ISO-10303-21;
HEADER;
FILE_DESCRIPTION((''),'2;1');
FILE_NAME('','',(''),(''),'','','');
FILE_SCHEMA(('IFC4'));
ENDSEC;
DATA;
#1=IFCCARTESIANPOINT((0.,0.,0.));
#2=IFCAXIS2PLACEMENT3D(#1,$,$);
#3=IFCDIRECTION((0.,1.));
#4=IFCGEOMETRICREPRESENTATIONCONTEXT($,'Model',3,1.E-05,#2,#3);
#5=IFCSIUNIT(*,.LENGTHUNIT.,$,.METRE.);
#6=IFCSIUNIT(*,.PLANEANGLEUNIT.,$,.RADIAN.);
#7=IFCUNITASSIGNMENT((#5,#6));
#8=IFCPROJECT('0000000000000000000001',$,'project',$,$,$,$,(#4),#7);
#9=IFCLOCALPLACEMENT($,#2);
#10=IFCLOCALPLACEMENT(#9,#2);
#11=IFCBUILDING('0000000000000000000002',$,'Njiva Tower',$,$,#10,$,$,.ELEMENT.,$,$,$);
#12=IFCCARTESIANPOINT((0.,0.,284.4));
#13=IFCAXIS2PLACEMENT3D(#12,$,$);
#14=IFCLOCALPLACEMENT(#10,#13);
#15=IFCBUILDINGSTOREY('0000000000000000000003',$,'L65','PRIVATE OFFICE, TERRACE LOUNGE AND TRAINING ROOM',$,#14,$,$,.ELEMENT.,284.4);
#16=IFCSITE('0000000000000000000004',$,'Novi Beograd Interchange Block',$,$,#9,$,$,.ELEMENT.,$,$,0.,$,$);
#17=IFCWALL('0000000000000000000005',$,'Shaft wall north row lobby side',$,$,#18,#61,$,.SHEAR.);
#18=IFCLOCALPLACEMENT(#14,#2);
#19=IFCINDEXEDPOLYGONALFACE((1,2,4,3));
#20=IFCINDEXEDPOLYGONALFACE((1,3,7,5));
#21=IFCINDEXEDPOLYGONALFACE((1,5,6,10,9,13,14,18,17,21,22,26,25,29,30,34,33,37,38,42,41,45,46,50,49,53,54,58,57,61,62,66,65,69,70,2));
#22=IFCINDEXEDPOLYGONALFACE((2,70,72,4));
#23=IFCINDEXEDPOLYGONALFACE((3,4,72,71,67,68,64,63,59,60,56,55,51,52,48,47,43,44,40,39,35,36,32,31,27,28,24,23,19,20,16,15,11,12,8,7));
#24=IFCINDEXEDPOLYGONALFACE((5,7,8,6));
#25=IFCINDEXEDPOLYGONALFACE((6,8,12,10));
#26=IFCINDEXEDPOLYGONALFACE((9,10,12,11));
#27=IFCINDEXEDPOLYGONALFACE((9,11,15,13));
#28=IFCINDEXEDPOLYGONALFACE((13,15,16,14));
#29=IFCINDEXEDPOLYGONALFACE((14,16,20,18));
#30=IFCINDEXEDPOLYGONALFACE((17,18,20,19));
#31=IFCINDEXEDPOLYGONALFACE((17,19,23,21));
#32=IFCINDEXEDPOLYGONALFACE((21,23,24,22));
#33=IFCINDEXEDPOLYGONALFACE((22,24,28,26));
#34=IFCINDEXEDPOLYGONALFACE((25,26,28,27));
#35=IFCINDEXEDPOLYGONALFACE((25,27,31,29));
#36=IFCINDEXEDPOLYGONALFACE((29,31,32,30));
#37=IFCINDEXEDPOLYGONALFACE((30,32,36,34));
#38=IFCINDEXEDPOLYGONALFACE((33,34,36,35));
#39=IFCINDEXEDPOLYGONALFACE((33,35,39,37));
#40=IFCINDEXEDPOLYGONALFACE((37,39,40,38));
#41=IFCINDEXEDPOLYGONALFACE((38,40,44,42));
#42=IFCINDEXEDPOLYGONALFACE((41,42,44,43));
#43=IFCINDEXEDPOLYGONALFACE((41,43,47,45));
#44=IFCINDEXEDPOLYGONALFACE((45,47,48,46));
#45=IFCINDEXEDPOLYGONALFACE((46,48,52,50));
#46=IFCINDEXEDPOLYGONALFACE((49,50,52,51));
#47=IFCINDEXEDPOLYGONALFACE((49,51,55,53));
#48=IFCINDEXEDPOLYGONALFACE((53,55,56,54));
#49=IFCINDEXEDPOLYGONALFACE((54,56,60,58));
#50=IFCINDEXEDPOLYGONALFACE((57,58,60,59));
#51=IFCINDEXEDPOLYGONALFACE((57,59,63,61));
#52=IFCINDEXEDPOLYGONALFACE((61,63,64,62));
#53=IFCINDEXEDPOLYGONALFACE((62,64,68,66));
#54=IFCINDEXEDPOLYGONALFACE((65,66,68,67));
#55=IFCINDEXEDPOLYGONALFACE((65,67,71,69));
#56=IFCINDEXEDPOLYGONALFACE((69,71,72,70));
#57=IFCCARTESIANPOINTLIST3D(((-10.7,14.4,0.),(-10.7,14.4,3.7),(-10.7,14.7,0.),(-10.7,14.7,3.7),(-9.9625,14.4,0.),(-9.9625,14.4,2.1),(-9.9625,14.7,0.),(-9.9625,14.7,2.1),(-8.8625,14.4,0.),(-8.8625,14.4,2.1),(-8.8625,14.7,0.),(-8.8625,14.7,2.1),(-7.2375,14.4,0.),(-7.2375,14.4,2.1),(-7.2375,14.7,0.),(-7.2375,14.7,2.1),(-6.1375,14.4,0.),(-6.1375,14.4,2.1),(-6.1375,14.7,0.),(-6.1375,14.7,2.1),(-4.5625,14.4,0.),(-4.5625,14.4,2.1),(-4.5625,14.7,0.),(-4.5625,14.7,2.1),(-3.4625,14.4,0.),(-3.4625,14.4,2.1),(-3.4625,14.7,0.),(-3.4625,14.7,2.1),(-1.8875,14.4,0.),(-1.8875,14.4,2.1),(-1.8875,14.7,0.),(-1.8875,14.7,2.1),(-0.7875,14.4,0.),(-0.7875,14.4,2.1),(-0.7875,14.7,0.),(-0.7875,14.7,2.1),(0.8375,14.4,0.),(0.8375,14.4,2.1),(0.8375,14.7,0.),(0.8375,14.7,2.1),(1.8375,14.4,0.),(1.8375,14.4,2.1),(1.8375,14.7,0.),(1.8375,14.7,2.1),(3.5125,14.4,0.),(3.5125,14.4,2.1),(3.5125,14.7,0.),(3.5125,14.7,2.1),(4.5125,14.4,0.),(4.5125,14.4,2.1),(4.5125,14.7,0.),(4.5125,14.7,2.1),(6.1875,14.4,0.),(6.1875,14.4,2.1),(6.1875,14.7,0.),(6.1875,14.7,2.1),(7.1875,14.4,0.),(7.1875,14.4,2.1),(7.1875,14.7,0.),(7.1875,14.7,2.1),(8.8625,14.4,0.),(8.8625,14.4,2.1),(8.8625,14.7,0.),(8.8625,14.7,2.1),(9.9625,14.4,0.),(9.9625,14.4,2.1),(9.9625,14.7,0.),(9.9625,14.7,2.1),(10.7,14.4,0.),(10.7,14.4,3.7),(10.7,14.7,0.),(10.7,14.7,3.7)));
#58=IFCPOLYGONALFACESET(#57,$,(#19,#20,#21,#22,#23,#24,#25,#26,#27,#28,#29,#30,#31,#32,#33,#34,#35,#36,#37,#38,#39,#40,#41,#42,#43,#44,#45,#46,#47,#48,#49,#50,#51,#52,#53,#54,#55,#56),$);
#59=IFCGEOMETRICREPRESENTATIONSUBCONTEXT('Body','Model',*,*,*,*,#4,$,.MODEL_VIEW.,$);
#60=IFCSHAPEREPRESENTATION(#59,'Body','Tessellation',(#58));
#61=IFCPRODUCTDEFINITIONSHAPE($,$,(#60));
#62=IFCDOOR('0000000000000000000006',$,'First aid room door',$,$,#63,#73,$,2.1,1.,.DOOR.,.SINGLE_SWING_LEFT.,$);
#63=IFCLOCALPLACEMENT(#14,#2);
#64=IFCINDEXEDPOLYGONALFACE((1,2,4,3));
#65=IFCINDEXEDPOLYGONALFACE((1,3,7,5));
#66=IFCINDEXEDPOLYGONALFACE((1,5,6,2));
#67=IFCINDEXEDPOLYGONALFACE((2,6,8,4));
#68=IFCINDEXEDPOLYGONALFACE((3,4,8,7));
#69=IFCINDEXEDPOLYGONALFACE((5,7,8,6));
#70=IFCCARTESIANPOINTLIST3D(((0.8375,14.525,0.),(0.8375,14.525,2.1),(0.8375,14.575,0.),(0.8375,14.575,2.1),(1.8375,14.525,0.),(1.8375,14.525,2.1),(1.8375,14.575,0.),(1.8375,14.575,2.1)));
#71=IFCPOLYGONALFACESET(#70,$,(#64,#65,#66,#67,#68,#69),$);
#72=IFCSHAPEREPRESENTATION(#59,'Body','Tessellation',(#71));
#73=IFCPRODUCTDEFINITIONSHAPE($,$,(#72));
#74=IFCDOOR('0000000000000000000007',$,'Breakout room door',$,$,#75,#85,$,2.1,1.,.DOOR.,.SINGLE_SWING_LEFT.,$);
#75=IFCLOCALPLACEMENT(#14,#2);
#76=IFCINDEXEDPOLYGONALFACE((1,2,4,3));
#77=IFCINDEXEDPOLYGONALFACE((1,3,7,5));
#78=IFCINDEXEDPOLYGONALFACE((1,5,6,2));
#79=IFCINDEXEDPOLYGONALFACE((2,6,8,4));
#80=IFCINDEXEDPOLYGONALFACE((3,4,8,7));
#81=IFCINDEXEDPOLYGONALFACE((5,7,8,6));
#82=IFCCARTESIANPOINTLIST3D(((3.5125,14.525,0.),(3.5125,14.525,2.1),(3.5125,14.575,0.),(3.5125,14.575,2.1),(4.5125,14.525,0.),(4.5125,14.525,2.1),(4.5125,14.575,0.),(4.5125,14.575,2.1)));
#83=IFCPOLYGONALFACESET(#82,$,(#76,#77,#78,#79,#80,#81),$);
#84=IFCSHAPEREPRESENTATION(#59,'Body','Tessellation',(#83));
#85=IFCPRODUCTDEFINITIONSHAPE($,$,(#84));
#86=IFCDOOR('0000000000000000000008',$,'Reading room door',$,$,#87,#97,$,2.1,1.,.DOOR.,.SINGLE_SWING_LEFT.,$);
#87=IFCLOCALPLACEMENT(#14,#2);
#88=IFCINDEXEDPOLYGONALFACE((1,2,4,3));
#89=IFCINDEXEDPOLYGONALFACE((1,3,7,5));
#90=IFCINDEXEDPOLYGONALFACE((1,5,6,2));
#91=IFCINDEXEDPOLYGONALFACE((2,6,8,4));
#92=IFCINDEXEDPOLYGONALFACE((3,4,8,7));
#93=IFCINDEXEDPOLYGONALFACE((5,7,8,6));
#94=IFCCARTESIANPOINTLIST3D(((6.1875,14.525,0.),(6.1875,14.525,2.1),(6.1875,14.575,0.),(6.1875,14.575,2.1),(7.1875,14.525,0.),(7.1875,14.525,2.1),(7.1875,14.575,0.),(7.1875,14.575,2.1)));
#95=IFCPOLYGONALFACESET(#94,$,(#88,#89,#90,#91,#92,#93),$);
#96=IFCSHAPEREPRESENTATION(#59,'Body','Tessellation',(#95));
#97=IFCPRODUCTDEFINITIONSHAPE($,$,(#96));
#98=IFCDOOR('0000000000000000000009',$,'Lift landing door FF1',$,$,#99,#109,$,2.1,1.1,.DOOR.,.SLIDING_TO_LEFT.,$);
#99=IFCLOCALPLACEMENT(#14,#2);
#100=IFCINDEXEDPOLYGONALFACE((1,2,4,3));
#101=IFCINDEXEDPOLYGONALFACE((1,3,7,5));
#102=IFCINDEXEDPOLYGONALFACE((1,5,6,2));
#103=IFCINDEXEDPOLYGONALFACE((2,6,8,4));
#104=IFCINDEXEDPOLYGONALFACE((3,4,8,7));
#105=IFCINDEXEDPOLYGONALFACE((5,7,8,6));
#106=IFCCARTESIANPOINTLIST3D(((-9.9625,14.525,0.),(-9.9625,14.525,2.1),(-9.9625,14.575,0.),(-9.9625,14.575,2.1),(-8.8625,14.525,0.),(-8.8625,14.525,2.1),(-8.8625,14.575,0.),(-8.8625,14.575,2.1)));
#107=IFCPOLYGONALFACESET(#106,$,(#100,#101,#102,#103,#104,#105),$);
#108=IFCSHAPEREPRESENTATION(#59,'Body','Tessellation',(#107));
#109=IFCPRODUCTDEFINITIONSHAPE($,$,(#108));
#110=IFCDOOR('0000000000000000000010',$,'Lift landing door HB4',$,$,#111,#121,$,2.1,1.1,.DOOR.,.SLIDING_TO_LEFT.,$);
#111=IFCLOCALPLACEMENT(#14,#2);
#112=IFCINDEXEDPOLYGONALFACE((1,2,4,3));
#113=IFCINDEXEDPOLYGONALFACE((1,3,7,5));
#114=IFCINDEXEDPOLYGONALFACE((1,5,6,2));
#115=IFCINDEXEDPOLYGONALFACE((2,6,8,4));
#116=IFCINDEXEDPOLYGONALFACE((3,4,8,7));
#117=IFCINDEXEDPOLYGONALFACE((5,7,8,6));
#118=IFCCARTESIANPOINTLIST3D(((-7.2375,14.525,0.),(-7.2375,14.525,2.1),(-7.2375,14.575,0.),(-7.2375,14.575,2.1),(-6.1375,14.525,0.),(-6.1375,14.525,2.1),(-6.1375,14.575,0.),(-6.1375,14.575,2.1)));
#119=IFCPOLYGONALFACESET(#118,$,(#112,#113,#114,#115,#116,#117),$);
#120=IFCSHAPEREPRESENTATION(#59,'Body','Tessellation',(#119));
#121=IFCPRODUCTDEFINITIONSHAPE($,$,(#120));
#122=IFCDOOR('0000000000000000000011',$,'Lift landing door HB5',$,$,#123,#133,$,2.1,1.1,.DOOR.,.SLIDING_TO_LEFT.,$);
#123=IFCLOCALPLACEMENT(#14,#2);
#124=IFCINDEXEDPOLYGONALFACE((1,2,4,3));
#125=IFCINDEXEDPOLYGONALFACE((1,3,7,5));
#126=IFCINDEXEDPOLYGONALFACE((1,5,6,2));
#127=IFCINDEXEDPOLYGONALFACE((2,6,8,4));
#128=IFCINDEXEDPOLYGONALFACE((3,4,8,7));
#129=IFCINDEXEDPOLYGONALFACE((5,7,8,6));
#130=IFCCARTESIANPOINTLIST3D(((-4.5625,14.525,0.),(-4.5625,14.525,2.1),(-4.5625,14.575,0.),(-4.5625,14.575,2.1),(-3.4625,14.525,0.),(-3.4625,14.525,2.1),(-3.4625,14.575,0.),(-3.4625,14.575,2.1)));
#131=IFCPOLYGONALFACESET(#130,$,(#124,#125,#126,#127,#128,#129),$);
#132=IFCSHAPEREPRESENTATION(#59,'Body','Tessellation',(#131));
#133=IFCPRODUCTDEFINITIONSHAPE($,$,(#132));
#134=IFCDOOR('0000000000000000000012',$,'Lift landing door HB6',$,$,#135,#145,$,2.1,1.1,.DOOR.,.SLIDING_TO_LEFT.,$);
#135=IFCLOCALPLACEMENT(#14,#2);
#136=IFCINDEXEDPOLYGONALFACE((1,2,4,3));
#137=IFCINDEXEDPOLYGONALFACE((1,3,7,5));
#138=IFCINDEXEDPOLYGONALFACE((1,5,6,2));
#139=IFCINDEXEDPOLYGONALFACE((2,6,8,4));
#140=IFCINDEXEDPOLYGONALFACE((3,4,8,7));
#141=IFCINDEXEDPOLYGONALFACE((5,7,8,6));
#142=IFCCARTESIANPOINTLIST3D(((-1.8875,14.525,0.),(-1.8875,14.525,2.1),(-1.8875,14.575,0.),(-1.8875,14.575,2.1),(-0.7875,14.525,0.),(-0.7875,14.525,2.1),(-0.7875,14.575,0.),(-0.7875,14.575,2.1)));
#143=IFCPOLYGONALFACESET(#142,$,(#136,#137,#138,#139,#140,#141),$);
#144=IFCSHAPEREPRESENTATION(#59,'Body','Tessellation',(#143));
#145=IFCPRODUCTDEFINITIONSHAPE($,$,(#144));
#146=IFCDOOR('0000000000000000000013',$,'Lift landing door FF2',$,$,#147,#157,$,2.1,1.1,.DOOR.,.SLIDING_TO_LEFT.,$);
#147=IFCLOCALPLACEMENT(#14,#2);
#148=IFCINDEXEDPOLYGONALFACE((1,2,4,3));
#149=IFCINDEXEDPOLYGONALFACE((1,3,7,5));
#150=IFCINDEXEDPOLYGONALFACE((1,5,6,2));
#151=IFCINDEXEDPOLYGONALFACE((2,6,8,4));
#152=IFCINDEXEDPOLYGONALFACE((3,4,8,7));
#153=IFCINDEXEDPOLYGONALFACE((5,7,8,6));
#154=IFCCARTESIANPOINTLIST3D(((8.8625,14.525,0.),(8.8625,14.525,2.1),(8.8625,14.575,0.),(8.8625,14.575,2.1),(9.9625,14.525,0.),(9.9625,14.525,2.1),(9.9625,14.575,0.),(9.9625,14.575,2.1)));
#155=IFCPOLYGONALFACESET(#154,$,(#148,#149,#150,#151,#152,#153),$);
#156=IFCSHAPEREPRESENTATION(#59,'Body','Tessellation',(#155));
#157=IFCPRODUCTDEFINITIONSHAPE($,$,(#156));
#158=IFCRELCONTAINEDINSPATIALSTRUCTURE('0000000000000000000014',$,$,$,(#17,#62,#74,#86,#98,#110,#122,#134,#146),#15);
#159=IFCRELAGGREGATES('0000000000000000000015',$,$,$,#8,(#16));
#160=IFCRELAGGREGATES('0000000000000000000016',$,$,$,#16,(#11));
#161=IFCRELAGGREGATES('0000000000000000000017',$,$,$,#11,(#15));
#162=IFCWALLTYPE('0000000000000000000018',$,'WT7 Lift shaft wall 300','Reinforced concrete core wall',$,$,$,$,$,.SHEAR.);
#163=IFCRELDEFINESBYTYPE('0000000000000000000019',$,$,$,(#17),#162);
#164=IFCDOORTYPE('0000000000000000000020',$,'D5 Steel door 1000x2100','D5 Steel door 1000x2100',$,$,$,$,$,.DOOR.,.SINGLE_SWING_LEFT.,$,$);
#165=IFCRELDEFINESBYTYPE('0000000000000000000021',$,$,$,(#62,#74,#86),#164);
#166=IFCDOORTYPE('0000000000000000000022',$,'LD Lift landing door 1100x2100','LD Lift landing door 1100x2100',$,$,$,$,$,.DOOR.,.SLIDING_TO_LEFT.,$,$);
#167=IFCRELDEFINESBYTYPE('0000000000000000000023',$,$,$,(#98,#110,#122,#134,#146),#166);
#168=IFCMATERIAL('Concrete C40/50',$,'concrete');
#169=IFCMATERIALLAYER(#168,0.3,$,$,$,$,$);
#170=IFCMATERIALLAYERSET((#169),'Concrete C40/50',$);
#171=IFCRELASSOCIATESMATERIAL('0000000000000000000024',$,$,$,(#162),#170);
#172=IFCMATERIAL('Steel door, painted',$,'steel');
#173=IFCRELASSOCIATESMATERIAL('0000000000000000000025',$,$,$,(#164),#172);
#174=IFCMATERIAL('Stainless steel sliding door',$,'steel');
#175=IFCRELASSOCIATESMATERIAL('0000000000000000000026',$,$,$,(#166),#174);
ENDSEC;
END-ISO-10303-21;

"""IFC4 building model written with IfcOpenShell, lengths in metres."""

from ifc_helpers import new_model, si_unit, direction, frame, frame_2d, origin, place, context, subcontext, project, spatial, rectangle, extrude, material, layer, layer_set, type_object, element, fill, save


model = new_model("IFC4")

# Units and contexts
model_context = context("Model", 3, precision=1e-05, world=origin(), true_north=direction((0.0, 1.0)))
body_context = subcontext(model_context, "Body", "Model", "MODEL_VIEW")
ifc_project = project(units=[si_unit("LENGTHUNIT", "METRE"), si_unit("PLANEANGLEUNIT", "RADIAN")], contexts=[model_context])

# Site, building, storey
site_placement = place(None, origin())
site = spatial("IfcSite", under=ifc_project, at=site_placement, Name="Novi Beograd Interchange Block", CompositionType="ELEMENT", RefElevation=0.0)
building_placement = place(site_placement, origin())
building = spatial("IfcBuilding", under=site, at=building_placement, Name="Njiva Tower", CompositionType="ELEMENT")
storey_placement = place(building_placement, frame((0.0, 0.0, 284.4)))
storey = spatial("IfcBuildingStorey", under=building, at=storey_placement, Name="L65", Description="PRIVATE OFFICE, TERRACE LOUNGE AND TRAINING ROOM", CompositionType="ELEMENT", Elevation=284.4)

# Shared definitions
ifc_material_1 = material(Name="Concrete C40/50", Category="concrete")

# Wall, openings, doors
ifc_layer_1 = layer(ifc_material_1, 0.3)
ifc_layer_set_1 = layer_set([ifc_layer_1], Name="Concrete C40/50")
wall_type_1 = type_object("IfcWallType", Name="WT7 Lift shaft wall 300", Description="Reinforced concrete core wall", PredefinedType="SHEAR", material=ifc_layer_set_1)
wall_placement = place(storey_placement, frame((-10.7, 14.55, 0.0), z_axis=(0.0, 0.0, 1.0), x_axis=(1.0, 0.0, 0.0)))
wall = element("IfcWall", 1, at=wall_placement, inside=storey, type_object=wall_type_1, Name="Shaft wall north row lobby side", PredefinedType="SHEAR", context=body_context, shape_type="SweptSolid", body=[
    extrude(rectangle(XDim=21.4, YDim=0.3, at=frame_2d((10.7, 0.0))), origin(), (0.0, 0.0, 1.0), 3.7),
])
opening_1_placement = place(wall_placement, frame((0.7375, 0.0, 0.0)))
opening_1 = element("IfcOpeningElement", 2, at=opening_1_placement, cuts=wall, PredefinedType="OPENING", context=body_context, shape_type="SweptSolid", body=[
    extrude(rectangle(XDim=1.1, YDim=2.1, at=frame_2d((0.55, 1.05))), frame((0.0, 0.16, 0.0), z_axis=(0.0, -1.0, 0.0), x_axis=(1.0, 0.0, 0.0)), (0.0, 0.0, 1.0), 0.32),
])
opening_2_placement = place(wall_placement, frame((3.4625, 0.0, 0.0)))
opening_2 = element("IfcOpeningElement", 3, at=opening_2_placement, cuts=wall, PredefinedType="OPENING", context=body_context, shape_type="SweptSolid", body=[
    extrude(rectangle(XDim=1.1, YDim=2.1, at=frame_2d((0.55, 1.05))), frame((0.0, 0.16, 0.0), z_axis=(0.0, -1.0, 0.0), x_axis=(1.0, 0.0, 0.0)), (0.0, 0.0, 1.0), 0.32),
])
opening_3_placement = place(wall_placement, frame((6.1375, 0.0, 0.0)))
opening_3 = element("IfcOpeningElement", 4, at=opening_3_placement, cuts=wall, PredefinedType="OPENING", context=body_context, shape_type="SweptSolid", body=[
    extrude(rectangle(XDim=1.1, YDim=2.1, at=frame_2d((0.55, 1.05))), frame((0.0, 0.16, 0.0), z_axis=(0.0, -1.0, 0.0), x_axis=(1.0, 0.0, 0.0)), (0.0, 0.0, 1.0), 0.32),
])
opening_4_placement = place(wall_placement, frame((8.8125, 0.0, 0.0)))
opening_4 = element("IfcOpeningElement", 5, at=opening_4_placement, cuts=wall, PredefinedType="OPENING", context=body_context, shape_type="SweptSolid", body=[
    extrude(rectangle(XDim=1.1, YDim=2.1, at=frame_2d((0.55, 1.05))), frame((0.0, 0.16, 0.0), z_axis=(0.0, -1.0, 0.0), x_axis=(1.0, 0.0, 0.0)), (0.0, 0.0, 1.0), 0.32),
])
opening_5_placement = place(wall_placement, frame((19.5625, 0.0, 0.0)))
opening_5 = element("IfcOpeningElement", 6, at=opening_5_placement, cuts=wall, PredefinedType="OPENING", context=body_context, shape_type="SweptSolid", body=[
    extrude(rectangle(XDim=1.1, YDim=2.1, at=frame_2d((0.55, 1.05))), frame((0.0, 0.16, 0.0), z_axis=(0.0, -1.0, 0.0), x_axis=(1.0, 0.0, 0.0)), (0.0, 0.0, 1.0), 0.32),
])
opening_6_placement = place(wall_placement, frame((11.5375, 0.0, 0.0)))
opening_6 = element("IfcOpeningElement", 7, at=opening_6_placement, cuts=wall, PredefinedType="OPENING", context=body_context, shape_type="SweptSolid", body=[
    extrude(rectangle(XDim=1.0, YDim=2.1, at=frame_2d((0.5, 1.05))), frame((0.0, 0.16, 0.0), z_axis=(0.0, -1.0, 0.0), x_axis=(1.0, 0.0, 0.0)), (0.0, 0.0, 1.0), 0.32),
])
opening_7_placement = place(wall_placement, frame((14.2125, 0.0, 0.0)))
opening_7 = element("IfcOpeningElement", 8, at=opening_7_placement, cuts=wall, PredefinedType="OPENING", context=body_context, shape_type="SweptSolid", body=[
    extrude(rectangle(XDim=1.0, YDim=2.1, at=frame_2d((0.5, 1.05))), frame((0.0, 0.16, 0.0), z_axis=(0.0, -1.0, 0.0), x_axis=(1.0, 0.0, 0.0)), (0.0, 0.0, 1.0), 0.32),
])
opening_8_placement = place(wall_placement, frame((16.8875, 0.0, 0.0)))
opening_8 = element("IfcOpeningElement", 9, at=opening_8_placement, cuts=wall, PredefinedType="OPENING", context=body_context, shape_type="SweptSolid", body=[
    extrude(rectangle(XDim=1.0, YDim=2.1, at=frame_2d((0.5, 1.05))), frame((0.0, 0.16, 0.0), z_axis=(0.0, -1.0, 0.0), x_axis=(1.0, 0.0, 0.0)), (0.0, 0.0, 1.0), 0.32),
])
ifc_material_2 = material(Name="Steel door, painted", Category="steel")
door_type_1 = type_object("IfcDoorType", Name="D5 Steel door 1000x2100", Description="D5 Steel door 1000x2100", OperationType="SINGLE_SWING_LEFT", PredefinedType="DOOR", material=ifc_material_2)
door_1_placement = place(opening_6_placement, origin())
door_1 = element("IfcDoor", 10, at=door_1_placement, inside=storey, type_object=door_type_1, Name="First aid room door", OperationType="SINGLE_SWING_LEFT", OverallHeight=2.1, OverallWidth=1.0, PredefinedType="DOOR", context=body_context, shape_type="SweptSolid", body=[
    extrude(rectangle(XDim=1.0, YDim=2.1, at=frame_2d((0.5, 1.05))), frame((0.0, 0.025, 0.0), z_axis=(0.0, -1.0, 0.0), x_axis=(1.0, 0.0, 0.0)), (0.0, 0.0, 1.0), 0.05),
])
fill(opening_6, door_1)
door_2_placement = place(opening_7_placement, origin())
door_2 = element("IfcDoor", 11, at=door_2_placement, inside=storey, type_object=door_type_1, Name="Breakout room door", OperationType="SINGLE_SWING_LEFT", OverallHeight=2.1, OverallWidth=1.0, PredefinedType="DOOR", context=body_context, shape_type="SweptSolid", body=[
    extrude(rectangle(XDim=1.0, YDim=2.1, at=frame_2d((0.5, 1.05))), frame((0.0, 0.025, 0.0), z_axis=(0.0, -1.0, 0.0), x_axis=(1.0, 0.0, 0.0)), (0.0, 0.0, 1.0), 0.05),
])
fill(opening_7, door_2)
door_3_placement = place(opening_8_placement, origin())
door_3 = element("IfcDoor", 12, at=door_3_placement, inside=storey, type_object=door_type_1, Name="Reading room door", OperationType="SINGLE_SWING_LEFT", OverallHeight=2.1, OverallWidth=1.0, PredefinedType="DOOR", context=body_context, shape_type="SweptSolid", body=[
    extrude(rectangle(XDim=1.0, YDim=2.1, at=frame_2d((0.5, 1.05))), frame((0.0, 0.025, 0.0), z_axis=(0.0, -1.0, 0.0), x_axis=(1.0, 0.0, 0.0)), (0.0, 0.0, 1.0), 0.05),
])
fill(opening_8, door_3)
ifc_material_3 = material(Name="Stainless steel sliding door", Category="steel")
door_type_2 = type_object("IfcDoorType", Name="LD Lift landing door 1100x2100", Description="LD Lift landing door 1100x2100", OperationType="SLIDING_TO_LEFT", PredefinedType="DOOR", material=ifc_material_3)
door_4_placement = place(opening_1_placement, origin())
door_4 = element("IfcDoor", 13, at=door_4_placement, inside=storey, type_object=door_type_2, Name="Lift landing door FF1", OperationType="SLIDING_TO_LEFT", OverallHeight=2.1, OverallWidth=1.1, PredefinedType="DOOR", context=body_context, shape_type="SweptSolid", body=[
    extrude(rectangle(XDim=1.1, YDim=2.1, at=frame_2d((0.55, 1.05))), frame((0.0, 0.025, 0.0), z_axis=(0.0, -1.0, 0.0), x_axis=(1.0, 0.0, 0.0)), (0.0, 0.0, 1.0), 0.05),
])
fill(opening_1, door_4)
door_5_placement = place(opening_2_placement, origin())
door_5 = element("IfcDoor", 14, at=door_5_placement, inside=storey, type_object=door_type_2, Name="Lift landing door HB4", OperationType="SLIDING_TO_LEFT", OverallHeight=2.1, OverallWidth=1.1, PredefinedType="DOOR", context=body_context, shape_type="SweptSolid", body=[
    extrude(rectangle(XDim=1.1, YDim=2.1, at=frame_2d((0.55, 1.05))), frame((0.0, 0.025, 0.0), z_axis=(0.0, -1.0, 0.0), x_axis=(1.0, 0.0, 0.0)), (0.0, 0.0, 1.0), 0.05),
])
fill(opening_2, door_5)
door_6_placement = place(opening_3_placement, origin())
door_6 = element("IfcDoor", 15, at=door_6_placement, inside=storey, type_object=door_type_2, Name="Lift landing door HB5", OperationType="SLIDING_TO_LEFT", OverallHeight=2.1, OverallWidth=1.1, PredefinedType="DOOR", context=body_context, shape_type="SweptSolid", body=[
    extrude(rectangle(XDim=1.1, YDim=2.1, at=frame_2d((0.55, 1.05))), frame((0.0, 0.025, 0.0), z_axis=(0.0, -1.0, 0.0), x_axis=(1.0, 0.0, 0.0)), (0.0, 0.0, 1.0), 0.05),
])
fill(opening_3, door_6)
door_7_placement = place(opening_4_placement, origin())
door_7 = element("IfcDoor", 16, at=door_7_placement, inside=storey, type_object=door_type_2, Name="Lift landing door HB6", OperationType="SLIDING_TO_LEFT", OverallHeight=2.1, OverallWidth=1.1, PredefinedType="DOOR", context=body_context, shape_type="SweptSolid", body=[
    extrude(rectangle(XDim=1.1, YDim=2.1, at=frame_2d((0.55, 1.05))), frame((0.0, 0.025, 0.0), z_axis=(0.0, -1.0, 0.0), x_axis=(1.0, 0.0, 0.0)), (0.0, 0.0, 1.0), 0.05),
])
fill(opening_4, door_7)
door_8_placement = place(opening_5_placement, origin())
door_8 = element("IfcDoor", 17, at=door_8_placement, inside=storey, type_object=door_type_2, Name="Lift landing door FF2", OperationType="SLIDING_TO_LEFT", OverallHeight=2.1, OverallWidth=1.1, PredefinedType="DOOR", context=body_context, shape_type="SweptSolid", body=[
    extrude(rectangle(XDim=1.1, YDim=2.1, at=frame_2d((0.55, 1.05))), frame((0.0, 0.025, 0.0), z_axis=(0.0, -1.0, 0.0), x_axis=(1.0, 0.0, 0.0)), (0.0, 0.0, 1.0), 0.05),
])
fill(opening_5, door_8)

save(model, "model.ifc")
